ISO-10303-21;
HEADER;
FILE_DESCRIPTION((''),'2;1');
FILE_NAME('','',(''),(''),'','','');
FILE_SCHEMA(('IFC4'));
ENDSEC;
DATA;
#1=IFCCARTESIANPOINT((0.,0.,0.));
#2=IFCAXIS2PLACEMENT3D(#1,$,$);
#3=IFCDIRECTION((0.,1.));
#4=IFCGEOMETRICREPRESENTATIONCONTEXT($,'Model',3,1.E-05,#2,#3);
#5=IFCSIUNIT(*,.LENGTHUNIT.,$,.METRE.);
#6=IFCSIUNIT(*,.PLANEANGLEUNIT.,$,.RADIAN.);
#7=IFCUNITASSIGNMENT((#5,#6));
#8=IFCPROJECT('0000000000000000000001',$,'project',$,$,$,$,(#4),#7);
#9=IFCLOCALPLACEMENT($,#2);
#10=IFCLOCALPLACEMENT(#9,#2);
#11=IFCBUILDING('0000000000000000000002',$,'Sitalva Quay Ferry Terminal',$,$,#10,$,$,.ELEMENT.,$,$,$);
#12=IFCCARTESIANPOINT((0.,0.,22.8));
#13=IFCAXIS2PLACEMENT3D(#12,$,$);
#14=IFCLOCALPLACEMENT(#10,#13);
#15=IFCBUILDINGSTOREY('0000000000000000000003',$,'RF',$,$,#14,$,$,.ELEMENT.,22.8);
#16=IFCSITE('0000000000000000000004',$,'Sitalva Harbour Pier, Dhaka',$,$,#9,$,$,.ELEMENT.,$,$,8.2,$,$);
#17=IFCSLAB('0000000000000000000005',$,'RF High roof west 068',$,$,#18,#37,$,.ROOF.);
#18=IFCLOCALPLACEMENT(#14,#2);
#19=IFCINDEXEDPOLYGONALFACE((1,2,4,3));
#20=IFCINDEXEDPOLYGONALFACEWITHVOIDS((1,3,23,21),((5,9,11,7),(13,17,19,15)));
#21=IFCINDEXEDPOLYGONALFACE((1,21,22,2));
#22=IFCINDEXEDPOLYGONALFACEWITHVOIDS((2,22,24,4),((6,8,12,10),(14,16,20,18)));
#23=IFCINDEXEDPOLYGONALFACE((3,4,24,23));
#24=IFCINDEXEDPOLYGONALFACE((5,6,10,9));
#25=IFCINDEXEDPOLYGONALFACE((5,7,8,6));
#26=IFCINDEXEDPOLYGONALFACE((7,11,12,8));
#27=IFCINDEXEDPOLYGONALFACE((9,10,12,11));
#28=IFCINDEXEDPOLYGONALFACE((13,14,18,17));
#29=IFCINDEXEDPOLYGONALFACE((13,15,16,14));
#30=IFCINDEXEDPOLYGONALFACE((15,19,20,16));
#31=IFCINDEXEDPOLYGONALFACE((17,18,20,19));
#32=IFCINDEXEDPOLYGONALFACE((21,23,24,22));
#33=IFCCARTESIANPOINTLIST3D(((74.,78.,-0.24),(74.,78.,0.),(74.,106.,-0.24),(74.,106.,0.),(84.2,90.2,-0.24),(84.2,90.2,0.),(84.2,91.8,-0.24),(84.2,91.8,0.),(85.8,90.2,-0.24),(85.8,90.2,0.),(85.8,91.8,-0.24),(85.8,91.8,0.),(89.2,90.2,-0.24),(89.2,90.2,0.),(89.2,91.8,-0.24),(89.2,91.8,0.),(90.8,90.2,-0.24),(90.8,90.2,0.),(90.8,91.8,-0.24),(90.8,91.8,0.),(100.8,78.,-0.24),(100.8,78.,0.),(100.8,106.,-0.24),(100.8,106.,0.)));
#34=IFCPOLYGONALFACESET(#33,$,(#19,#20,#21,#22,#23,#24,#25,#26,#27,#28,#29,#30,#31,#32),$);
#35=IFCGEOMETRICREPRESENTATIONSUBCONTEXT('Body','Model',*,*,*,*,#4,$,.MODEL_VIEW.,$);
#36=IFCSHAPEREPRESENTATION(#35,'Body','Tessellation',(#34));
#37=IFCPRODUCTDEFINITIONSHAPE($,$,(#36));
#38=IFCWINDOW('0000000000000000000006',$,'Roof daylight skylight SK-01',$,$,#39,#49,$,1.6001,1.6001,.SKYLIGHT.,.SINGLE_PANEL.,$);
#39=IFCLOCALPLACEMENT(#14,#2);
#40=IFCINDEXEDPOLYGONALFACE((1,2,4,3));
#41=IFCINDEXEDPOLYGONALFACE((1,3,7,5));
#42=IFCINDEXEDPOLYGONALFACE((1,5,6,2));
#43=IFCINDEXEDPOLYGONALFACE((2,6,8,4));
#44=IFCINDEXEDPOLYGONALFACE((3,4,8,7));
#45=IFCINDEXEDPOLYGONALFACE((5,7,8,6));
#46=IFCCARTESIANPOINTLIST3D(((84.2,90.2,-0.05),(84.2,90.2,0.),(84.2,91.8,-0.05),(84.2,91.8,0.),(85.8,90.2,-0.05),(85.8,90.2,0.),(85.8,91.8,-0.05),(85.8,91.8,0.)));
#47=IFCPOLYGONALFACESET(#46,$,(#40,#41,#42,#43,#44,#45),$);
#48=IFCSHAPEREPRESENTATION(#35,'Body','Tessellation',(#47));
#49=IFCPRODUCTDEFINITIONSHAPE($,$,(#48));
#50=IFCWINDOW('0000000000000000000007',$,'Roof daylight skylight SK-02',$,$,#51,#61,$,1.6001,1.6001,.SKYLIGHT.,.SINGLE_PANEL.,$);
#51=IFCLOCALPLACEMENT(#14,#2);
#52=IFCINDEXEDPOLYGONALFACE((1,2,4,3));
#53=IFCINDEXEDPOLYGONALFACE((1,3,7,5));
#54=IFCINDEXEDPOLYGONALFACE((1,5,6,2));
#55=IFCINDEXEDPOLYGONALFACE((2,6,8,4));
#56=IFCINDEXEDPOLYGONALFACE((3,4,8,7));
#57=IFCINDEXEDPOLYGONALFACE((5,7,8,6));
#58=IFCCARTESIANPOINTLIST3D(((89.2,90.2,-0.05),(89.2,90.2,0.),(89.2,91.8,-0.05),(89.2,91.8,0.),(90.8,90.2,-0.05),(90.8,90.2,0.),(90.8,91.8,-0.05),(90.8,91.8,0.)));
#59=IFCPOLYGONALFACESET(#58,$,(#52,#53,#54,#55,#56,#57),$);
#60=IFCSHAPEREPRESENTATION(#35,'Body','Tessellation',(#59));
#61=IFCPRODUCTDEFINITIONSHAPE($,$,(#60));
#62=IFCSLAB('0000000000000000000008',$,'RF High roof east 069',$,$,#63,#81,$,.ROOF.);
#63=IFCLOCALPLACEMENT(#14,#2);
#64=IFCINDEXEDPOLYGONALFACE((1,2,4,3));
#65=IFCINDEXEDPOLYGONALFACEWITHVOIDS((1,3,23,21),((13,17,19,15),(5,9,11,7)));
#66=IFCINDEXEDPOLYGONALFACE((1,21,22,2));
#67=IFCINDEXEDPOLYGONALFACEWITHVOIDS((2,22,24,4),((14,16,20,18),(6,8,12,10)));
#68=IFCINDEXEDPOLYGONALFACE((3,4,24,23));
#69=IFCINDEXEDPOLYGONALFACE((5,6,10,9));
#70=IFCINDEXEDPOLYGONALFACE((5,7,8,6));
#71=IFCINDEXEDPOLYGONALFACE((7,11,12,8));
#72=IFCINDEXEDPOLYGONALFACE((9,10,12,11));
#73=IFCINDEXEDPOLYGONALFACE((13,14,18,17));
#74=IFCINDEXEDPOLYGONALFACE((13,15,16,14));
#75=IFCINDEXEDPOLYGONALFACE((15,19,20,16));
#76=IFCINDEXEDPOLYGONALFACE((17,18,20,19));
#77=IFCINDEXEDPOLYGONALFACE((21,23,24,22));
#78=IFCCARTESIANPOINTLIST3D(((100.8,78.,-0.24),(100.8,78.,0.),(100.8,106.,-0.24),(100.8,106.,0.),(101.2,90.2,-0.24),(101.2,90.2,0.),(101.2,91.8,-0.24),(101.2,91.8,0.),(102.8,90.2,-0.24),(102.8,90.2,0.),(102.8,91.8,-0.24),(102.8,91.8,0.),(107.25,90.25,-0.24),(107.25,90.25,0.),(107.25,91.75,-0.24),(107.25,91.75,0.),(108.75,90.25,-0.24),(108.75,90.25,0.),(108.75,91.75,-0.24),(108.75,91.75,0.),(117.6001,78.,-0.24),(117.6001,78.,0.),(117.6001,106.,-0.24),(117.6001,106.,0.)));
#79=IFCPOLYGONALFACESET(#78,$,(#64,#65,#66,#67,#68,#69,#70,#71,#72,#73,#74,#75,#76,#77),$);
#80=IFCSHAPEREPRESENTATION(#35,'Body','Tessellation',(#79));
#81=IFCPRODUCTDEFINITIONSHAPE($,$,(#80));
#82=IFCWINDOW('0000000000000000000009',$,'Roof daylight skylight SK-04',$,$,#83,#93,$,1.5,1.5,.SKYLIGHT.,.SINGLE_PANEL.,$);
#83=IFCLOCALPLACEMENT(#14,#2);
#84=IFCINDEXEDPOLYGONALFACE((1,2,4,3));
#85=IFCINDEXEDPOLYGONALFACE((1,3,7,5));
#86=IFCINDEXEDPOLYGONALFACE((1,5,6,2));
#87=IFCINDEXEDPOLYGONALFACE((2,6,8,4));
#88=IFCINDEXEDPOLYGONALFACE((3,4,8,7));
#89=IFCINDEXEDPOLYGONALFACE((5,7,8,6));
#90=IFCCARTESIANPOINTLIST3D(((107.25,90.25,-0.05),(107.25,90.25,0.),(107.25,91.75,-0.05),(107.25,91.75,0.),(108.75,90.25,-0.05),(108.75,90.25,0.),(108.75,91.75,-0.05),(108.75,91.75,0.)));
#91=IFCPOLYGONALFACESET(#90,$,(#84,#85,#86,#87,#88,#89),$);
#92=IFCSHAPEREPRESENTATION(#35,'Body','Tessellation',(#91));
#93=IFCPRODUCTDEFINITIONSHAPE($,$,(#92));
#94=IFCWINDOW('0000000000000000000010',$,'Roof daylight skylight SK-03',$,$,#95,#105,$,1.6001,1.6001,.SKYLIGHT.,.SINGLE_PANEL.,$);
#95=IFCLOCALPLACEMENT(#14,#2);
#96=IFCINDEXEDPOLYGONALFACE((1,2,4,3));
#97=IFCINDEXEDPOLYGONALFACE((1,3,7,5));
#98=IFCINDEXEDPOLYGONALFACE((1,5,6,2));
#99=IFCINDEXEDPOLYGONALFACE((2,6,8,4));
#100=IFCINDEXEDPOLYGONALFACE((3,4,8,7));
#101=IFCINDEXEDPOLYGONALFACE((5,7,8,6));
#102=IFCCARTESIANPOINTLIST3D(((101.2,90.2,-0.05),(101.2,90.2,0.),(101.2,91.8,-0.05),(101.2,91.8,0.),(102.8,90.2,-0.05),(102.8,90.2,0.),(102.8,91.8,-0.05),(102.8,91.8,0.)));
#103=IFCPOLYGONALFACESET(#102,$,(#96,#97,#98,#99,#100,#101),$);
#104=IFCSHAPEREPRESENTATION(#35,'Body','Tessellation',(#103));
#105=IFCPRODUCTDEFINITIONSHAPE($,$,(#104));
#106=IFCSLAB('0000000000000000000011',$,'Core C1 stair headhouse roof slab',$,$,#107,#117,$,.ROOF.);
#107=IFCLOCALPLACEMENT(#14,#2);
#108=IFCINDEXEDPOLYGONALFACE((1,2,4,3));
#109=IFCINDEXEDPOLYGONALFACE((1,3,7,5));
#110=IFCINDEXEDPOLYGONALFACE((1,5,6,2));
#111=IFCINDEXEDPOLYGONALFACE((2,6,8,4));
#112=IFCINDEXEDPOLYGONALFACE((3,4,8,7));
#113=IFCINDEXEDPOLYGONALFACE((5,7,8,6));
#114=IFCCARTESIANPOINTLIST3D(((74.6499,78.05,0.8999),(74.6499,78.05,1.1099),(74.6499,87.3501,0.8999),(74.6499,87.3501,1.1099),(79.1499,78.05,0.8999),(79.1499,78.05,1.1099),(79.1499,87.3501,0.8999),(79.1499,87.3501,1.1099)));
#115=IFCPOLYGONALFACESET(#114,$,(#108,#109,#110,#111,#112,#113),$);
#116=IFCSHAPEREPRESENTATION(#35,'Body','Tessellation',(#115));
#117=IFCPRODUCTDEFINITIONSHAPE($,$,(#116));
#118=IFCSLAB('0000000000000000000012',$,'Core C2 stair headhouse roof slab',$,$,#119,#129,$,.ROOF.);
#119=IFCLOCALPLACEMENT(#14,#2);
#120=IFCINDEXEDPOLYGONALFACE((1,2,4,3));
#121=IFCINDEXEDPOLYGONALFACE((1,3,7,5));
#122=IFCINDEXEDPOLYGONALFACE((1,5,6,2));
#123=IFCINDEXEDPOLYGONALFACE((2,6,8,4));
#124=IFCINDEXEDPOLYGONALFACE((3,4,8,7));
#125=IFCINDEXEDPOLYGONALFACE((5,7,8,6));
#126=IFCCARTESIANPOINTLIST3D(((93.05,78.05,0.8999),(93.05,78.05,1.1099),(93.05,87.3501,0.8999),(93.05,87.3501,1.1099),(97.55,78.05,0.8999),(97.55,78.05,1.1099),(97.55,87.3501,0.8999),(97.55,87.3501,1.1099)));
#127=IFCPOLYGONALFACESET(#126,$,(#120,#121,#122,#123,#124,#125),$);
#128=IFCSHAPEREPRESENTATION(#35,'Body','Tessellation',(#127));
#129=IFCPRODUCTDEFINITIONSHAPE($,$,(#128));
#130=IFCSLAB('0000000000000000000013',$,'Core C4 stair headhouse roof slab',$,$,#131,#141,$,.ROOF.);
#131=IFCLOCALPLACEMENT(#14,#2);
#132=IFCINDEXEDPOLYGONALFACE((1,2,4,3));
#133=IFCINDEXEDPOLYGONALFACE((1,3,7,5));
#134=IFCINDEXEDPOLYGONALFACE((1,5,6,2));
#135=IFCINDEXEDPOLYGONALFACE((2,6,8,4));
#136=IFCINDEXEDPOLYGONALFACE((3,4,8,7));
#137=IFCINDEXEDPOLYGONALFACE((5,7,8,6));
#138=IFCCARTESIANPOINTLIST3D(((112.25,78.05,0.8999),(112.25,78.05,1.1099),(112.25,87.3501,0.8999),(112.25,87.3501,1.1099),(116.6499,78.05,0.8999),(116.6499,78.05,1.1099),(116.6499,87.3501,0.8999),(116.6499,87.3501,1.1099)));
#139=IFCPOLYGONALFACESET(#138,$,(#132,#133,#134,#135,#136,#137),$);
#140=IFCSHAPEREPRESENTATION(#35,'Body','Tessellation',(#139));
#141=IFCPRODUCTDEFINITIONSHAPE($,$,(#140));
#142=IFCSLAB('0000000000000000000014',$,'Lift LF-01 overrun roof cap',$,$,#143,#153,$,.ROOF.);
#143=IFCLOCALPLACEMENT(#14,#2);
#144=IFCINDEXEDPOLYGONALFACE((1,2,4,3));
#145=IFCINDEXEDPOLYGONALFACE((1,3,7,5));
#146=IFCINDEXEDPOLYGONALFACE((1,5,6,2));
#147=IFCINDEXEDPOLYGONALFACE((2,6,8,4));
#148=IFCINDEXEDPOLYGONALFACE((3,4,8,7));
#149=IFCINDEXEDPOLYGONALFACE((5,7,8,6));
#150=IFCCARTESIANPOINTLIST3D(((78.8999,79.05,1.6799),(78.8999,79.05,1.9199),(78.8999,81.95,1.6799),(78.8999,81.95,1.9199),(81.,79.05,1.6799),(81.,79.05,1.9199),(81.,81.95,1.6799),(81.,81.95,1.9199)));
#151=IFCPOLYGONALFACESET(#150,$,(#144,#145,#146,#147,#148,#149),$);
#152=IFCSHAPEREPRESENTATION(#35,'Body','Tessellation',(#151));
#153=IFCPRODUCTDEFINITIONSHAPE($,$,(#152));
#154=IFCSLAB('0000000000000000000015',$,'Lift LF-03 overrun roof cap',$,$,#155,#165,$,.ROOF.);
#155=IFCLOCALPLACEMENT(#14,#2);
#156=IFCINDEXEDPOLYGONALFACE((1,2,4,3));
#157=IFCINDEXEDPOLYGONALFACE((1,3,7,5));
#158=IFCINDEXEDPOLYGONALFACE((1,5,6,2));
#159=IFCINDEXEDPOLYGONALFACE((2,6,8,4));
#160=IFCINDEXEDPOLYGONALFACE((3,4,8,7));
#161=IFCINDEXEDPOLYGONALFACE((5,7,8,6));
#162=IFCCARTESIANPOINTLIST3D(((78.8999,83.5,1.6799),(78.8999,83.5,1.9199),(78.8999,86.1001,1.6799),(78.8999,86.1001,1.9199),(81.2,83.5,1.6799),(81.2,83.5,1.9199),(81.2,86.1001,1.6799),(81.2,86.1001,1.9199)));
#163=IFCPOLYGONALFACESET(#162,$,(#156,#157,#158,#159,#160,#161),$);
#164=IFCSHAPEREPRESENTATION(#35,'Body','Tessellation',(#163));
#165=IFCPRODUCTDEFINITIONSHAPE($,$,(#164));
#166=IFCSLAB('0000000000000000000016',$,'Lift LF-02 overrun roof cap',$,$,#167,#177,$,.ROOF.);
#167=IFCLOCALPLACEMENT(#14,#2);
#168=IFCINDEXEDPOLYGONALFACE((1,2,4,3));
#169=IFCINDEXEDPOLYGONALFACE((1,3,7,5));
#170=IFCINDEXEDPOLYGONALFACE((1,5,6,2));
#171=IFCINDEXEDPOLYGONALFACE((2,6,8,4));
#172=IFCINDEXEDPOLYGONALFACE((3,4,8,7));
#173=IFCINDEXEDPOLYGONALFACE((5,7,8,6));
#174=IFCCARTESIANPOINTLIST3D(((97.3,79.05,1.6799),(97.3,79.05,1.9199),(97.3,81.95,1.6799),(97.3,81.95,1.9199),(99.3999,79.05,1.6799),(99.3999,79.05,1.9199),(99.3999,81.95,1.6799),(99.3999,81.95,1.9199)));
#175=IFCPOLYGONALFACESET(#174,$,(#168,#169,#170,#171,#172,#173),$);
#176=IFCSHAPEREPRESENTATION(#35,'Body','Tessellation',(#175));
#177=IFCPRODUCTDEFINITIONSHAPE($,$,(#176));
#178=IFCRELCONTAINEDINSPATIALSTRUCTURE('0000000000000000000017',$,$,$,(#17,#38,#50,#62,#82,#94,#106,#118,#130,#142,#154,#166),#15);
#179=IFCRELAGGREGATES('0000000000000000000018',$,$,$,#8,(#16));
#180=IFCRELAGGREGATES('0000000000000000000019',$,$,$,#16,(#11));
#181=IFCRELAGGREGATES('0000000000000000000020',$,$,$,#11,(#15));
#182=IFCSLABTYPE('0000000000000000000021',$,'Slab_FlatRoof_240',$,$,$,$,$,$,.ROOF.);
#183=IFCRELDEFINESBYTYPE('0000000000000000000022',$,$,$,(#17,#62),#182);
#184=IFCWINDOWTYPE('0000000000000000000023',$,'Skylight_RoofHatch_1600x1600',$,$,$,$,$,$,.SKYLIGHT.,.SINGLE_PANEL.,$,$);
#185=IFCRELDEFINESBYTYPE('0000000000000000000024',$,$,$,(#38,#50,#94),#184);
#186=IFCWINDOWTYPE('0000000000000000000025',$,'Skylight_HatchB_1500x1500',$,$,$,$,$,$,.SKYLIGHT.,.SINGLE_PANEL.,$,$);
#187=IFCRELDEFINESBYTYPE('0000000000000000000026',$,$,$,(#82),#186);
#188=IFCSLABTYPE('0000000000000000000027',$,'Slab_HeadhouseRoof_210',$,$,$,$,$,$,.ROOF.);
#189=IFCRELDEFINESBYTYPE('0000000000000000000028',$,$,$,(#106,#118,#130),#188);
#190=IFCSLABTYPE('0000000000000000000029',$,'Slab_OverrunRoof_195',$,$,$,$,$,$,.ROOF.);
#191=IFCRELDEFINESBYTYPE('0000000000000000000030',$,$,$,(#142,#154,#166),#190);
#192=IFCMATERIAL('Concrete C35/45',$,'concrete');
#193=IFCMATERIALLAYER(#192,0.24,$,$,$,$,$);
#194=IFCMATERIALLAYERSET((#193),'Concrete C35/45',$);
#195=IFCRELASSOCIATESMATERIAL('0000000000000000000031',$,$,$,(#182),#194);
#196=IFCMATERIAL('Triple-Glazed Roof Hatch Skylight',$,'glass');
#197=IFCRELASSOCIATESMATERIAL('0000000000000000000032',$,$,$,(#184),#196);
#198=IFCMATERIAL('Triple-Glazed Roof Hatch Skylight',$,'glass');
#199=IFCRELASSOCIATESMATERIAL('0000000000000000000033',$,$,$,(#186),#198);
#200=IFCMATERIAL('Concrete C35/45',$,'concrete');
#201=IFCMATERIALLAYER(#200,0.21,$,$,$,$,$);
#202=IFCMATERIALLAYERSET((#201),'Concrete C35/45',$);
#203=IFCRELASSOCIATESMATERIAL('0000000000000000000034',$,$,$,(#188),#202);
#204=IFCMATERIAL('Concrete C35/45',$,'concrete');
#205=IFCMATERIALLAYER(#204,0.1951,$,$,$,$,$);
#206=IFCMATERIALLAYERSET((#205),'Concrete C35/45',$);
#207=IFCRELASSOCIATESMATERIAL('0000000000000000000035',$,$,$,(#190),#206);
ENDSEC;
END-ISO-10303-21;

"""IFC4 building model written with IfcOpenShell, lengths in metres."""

from ifc_helpers import new_model, si_unit, direction, frame, origin, origin_2d, place, context, subcontext, project, spatial, polyline, rectangle, outline, extrude, material, layer, layer_set, type_object, element, fill, save


model = new_model("IFC4")

# Units and contexts
model_context = context("Model", 3, precision=1e-05, world=origin(), true_north=direction((0.0, 1.0)))
body_context = subcontext(model_context, "Body", "Model", "MODEL_VIEW")
ifc_project = project(units=[si_unit("LENGTHUNIT", "METRE"), si_unit("PLANEANGLEUNIT", "RADIAN")], contexts=[model_context])

# Site, building, storey
site_placement = place(None, origin())
site = spatial("IfcSite", under=ifc_project, at=site_placement, Name="Sitalva Harbour Pier, Dhaka", CompositionType="ELEMENT", RefElevation=8.2)
building_placement = place(site_placement, origin())
building = spatial("IfcBuilding", under=site, at=building_placement, Name="Sitalva Quay Ferry Terminal", CompositionType="ELEMENT")
storey_placement = place(building_placement, frame((0.0, 0.0, 22.8)))
storey = spatial("IfcBuildingStorey", under=building, at=storey_placement, Name="RF", CompositionType="ELEMENT", Elevation=22.8)

# Slabs, openings, windows
ifc_material_1 = material(Name="Concrete C35/45", Category="concrete")
ifc_layer_1 = layer(ifc_material_1, 0.24)
ifc_layer_set_1 = layer_set([ifc_layer_1], Name="Concrete C35/45")
slab_type_1 = type_object("IfcSlabType", Name="Slab_FlatRoof_240", PredefinedType="ROOF", material=ifc_layer_set_1)
slab_1_placement = place(storey_placement, frame((0.0, 0.0, -0.24)))
slab_1 = element("IfcSlab", 1, at=slab_1_placement, inside=storey, type_object=slab_type_1, Name="RF High roof west 068", PredefinedType="ROOF", context=body_context, shape_type="SweptSolid", body=[
    extrude(outline(polyline([(74.0, 78.0), (100.8, 78.0), (100.8, 106.0), (74.0, 106.0), (74.0, 78.0)])), origin(), (0.0, 0.0, 1.0), 0.24),
])
opening_1_placement = place(slab_1_placement, frame((85.0, 91.0, 0.0)))
opening_1 = element("IfcOpeningElement", 2, at=opening_1_placement, cuts=slab_1, PredefinedType="OPENING", context=body_context, shape_type="SweptSolid", body=[
    extrude(rectangle(XDim=1.6001, YDim=1.6001, at=origin_2d()), frame((0.0, 0.0, -0.01)), (0.0, 0.0, 1.0), 0.26),
])
opening_2_placement = place(slab_1_placement, frame((90.0, 91.0, 0.0)))
opening_2 = element("IfcOpeningElement", 3, at=opening_2_placement, cuts=slab_1, PredefinedType="OPENING", context=body_context, shape_type="SweptSolid", body=[
    extrude(rectangle(XDim=1.6001, YDim=1.6001, at=origin_2d()), frame((0.0, 0.0, -0.01)), (0.0, 0.0, 1.0), 0.26),
])
ifc_material_2 = material(Name="Triple-Glazed Roof Hatch Skylight", Category="glass")
window_type_1 = type_object("IfcWindowType", Name="Skylight_RoofHatch_1600x1600", PartitioningType="SINGLE_PANEL", PredefinedType="SKYLIGHT", material=ifc_material_2)
window_1_placement = place(opening_1_placement, frame((0.0, 0.0, 0.1899)))
window_1 = element("IfcWindow", 4, at=window_1_placement, inside=storey, type_object=window_type_1, Name="Roof daylight skylight SK-01", OverallHeight=1.6001, OverallWidth=1.6001, PartitioningType="SINGLE_PANEL", PredefinedType="SKYLIGHT", context=body_context, shape_type="SweptSolid", body=[
    extrude(rectangle(XDim=1.6001, YDim=1.6001, at=origin_2d()), origin(), (0.0, 0.0, 1.0), 0.05),
])
fill(opening_1, window_1)
window_2_placement = place(opening_2_placement, frame((0.0, 0.0, 0.1899)))
window_2 = element("IfcWindow", 5, at=window_2_placement, inside=storey, type_object=window_type_1, Name="Roof daylight skylight SK-02", OverallHeight=1.6001, OverallWidth=1.6001, PartitioningType="SINGLE_PANEL", PredefinedType="SKYLIGHT", context=body_context, shape_type="SweptSolid", body=[
    extrude(rectangle(XDim=1.6001, YDim=1.6001, at=origin_2d()), origin(), (0.0, 0.0, 1.0), 0.05),
])
fill(opening_2, window_2)
slab_2_placement = place(storey_placement, frame((0.0, 0.0, -0.24)))
slab_2 = element("IfcSlab", 6, at=slab_2_placement, inside=storey, type_object=slab_type_1, Name="RF High roof east 069", PredefinedType="ROOF", context=body_context, shape_type="SweptSolid", body=[
    extrude(outline(polyline([(100.8, 78.0), (117.6001, 78.0), (117.6001, 106.0), (100.8, 106.0), (100.8, 78.0)])), origin(), (0.0, 0.0, 1.0), 0.24),
])
opening_3_placement = place(slab_2_placement, frame((102.0, 91.0, 0.0)))
opening_3 = element("IfcOpeningElement", 7, at=opening_3_placement, cuts=slab_2, PredefinedType="OPENING", context=body_context, shape_type="SweptSolid", body=[
    extrude(rectangle(XDim=1.6001, YDim=1.6001, at=origin_2d()), frame((0.0, 0.0, -0.01)), (0.0, 0.0, 1.0), 0.26),
])
opening_4_placement = place(slab_2_placement, frame((108.0, 91.0, 0.0)))
opening_4 = element("IfcOpeningElement", 8, at=opening_4_placement, cuts=slab_2, PredefinedType="OPENING", context=body_context, shape_type="SweptSolid", body=[
    extrude(rectangle(XDim=1.5, YDim=1.5, at=origin_2d()), frame((0.0, 0.0, -0.01)), (0.0, 0.0, 1.0), 0.26),
])
ifc_material_3 = material(Name="Triple-Glazed Roof Hatch Skylight", Category="glass")
window_type_2 = type_object("IfcWindowType", Name="Skylight_HatchB_1500x1500", PartitioningType="SINGLE_PANEL", PredefinedType="SKYLIGHT", material=ifc_material_3)
window_3_placement = place(opening_4_placement, frame((0.0, 0.0, 0.1899)))
window_3 = element("IfcWindow", 9, at=window_3_placement, inside=storey, type_object=window_type_2, Name="Roof daylight skylight SK-04", OverallHeight=1.5, OverallWidth=1.5, PartitioningType="SINGLE_PANEL", PredefinedType="SKYLIGHT", context=body_context, shape_type="SweptSolid", body=[
    extrude(rectangle(XDim=1.5, YDim=1.5, at=origin_2d()), origin(), (0.0, 0.0, 1.0), 0.05),
])
fill(opening_4, window_3)
window_4_placement = place(opening_3_placement, frame((0.0, 0.0, 0.1899)))
window_4 = element("IfcWindow", 10, at=window_4_placement, inside=storey, type_object=window_type_1, Name="Roof daylight skylight SK-03", OverallHeight=1.6001, OverallWidth=1.6001, PartitioningType="SINGLE_PANEL", PredefinedType="SKYLIGHT", context=body_context, shape_type="SweptSolid", body=[
    extrude(rectangle(XDim=1.6001, YDim=1.6001, at=origin_2d()), origin(), (0.0, 0.0, 1.0), 0.05),
])
fill(opening_3, window_4)

# Slabs
ifc_material_4 = material(Name="Concrete C35/45", Category="concrete")
ifc_layer_2 = layer(ifc_material_4, 0.21)
ifc_layer_set_2 = layer_set([ifc_layer_2], Name="Concrete C35/45")
slab_type_2 = type_object("IfcSlabType", Name="Slab_HeadhouseRoof_210", PredefinedType="ROOF", material=ifc_layer_set_2)
slab_3_placement = place(storey_placement, frame((0.0, 0.0, 0.8999)))
element("IfcSlab", 11, at=slab_3_placement, inside=storey, type_object=slab_type_2, Name="Core C1 stair headhouse roof slab", PredefinedType="ROOF", context=body_context, shape_type="SweptSolid", body=[
    extrude(outline(polyline([(74.6499, 78.05), (79.1499, 78.05), (79.1499, 87.3501), (74.6499, 87.3501), (74.6499, 78.05)])), origin(), (0.0, 0.0, 1.0), 0.21),
])
slab_4_placement = place(storey_placement, frame((0.0, 0.0, 0.8999)))
element("IfcSlab", 12, at=slab_4_placement, inside=storey, type_object=slab_type_2, Name="Core C2 stair headhouse roof slab", PredefinedType="ROOF", context=body_context, shape_type="SweptSolid", body=[
    extrude(outline(polyline([(93.05, 78.05), (97.55, 78.05), (97.55, 87.3501), (93.05, 87.3501), (93.05, 78.05)])), origin(), (0.0, 0.0, 1.0), 0.21),
])
slab_5_placement = place(storey_placement, frame((0.0, 0.0, 0.8999)))
element("IfcSlab", 13, at=slab_5_placement, inside=storey, type_object=slab_type_2, Name="Core C4 stair headhouse roof slab", PredefinedType="ROOF", context=body_context, shape_type="SweptSolid", body=[
    extrude(outline(polyline([(112.25, 78.05), (116.6499, 78.05), (116.6499, 87.3501), (112.25, 87.3501), (112.25, 78.05)])), origin(), (0.0, 0.0, 1.0), 0.21),
])
ifc_material_5 = material(Name="Concrete C35/45", Category="concrete")
ifc_layer_3 = layer(ifc_material_5, 0.1951)
ifc_layer_set_3 = layer_set([ifc_layer_3], Name="Concrete C35/45")
slab_type_3 = type_object("IfcSlabType", Name="Slab_OverrunRoof_195", PredefinedType="ROOF", material=ifc_layer_set_3)
slab_6_placement = place(storey_placement, frame((0.0, 0.0, 1.6799)))
element("IfcSlab", 14, at=slab_6_placement, inside=storey, type_object=slab_type_3, Name="Lift LF-01 overrun roof cap", PredefinedType="ROOF", context=body_context, shape_type="SweptSolid", body=[
    extrude(outline(polyline([(78.8999, 79.05), (81.0, 79.05), (81.0, 81.95), (78.8999, 81.95), (78.8999, 79.05)])), origin(), (0.0, 0.0, 1.0), 0.24),
])
slab_7_placement = place(storey_placement, frame((0.0, 0.0, 1.6799)))
element("IfcSlab", 15, at=slab_7_placement, inside=storey, type_object=slab_type_3, Name="Lift LF-03 overrun roof cap", PredefinedType="ROOF", context=body_context, shape_type="SweptSolid", body=[
    extrude(outline(polyline([(78.8999, 83.5), (81.2, 83.5), (81.2, 86.1001), (78.8999, 86.1001), (78.8999, 83.5)])), origin(), (0.0, 0.0, 1.0), 0.24),
])
slab_8_placement = place(storey_placement, frame((0.0, 0.0, 1.6799)))
element("IfcSlab", 16, at=slab_8_placement, inside=storey, type_object=slab_type_3, Name="Lift LF-02 overrun roof cap", PredefinedType="ROOF", context=body_context, shape_type="SweptSolid", body=[
    extrude(outline(polyline([(97.3, 79.05), (99.3999, 79.05), (99.3999, 81.95), (97.3, 81.95), (97.3, 79.05)])), origin(), (0.0, 0.0, 1.0), 0.24),
])

save(model, "model.ifc")
